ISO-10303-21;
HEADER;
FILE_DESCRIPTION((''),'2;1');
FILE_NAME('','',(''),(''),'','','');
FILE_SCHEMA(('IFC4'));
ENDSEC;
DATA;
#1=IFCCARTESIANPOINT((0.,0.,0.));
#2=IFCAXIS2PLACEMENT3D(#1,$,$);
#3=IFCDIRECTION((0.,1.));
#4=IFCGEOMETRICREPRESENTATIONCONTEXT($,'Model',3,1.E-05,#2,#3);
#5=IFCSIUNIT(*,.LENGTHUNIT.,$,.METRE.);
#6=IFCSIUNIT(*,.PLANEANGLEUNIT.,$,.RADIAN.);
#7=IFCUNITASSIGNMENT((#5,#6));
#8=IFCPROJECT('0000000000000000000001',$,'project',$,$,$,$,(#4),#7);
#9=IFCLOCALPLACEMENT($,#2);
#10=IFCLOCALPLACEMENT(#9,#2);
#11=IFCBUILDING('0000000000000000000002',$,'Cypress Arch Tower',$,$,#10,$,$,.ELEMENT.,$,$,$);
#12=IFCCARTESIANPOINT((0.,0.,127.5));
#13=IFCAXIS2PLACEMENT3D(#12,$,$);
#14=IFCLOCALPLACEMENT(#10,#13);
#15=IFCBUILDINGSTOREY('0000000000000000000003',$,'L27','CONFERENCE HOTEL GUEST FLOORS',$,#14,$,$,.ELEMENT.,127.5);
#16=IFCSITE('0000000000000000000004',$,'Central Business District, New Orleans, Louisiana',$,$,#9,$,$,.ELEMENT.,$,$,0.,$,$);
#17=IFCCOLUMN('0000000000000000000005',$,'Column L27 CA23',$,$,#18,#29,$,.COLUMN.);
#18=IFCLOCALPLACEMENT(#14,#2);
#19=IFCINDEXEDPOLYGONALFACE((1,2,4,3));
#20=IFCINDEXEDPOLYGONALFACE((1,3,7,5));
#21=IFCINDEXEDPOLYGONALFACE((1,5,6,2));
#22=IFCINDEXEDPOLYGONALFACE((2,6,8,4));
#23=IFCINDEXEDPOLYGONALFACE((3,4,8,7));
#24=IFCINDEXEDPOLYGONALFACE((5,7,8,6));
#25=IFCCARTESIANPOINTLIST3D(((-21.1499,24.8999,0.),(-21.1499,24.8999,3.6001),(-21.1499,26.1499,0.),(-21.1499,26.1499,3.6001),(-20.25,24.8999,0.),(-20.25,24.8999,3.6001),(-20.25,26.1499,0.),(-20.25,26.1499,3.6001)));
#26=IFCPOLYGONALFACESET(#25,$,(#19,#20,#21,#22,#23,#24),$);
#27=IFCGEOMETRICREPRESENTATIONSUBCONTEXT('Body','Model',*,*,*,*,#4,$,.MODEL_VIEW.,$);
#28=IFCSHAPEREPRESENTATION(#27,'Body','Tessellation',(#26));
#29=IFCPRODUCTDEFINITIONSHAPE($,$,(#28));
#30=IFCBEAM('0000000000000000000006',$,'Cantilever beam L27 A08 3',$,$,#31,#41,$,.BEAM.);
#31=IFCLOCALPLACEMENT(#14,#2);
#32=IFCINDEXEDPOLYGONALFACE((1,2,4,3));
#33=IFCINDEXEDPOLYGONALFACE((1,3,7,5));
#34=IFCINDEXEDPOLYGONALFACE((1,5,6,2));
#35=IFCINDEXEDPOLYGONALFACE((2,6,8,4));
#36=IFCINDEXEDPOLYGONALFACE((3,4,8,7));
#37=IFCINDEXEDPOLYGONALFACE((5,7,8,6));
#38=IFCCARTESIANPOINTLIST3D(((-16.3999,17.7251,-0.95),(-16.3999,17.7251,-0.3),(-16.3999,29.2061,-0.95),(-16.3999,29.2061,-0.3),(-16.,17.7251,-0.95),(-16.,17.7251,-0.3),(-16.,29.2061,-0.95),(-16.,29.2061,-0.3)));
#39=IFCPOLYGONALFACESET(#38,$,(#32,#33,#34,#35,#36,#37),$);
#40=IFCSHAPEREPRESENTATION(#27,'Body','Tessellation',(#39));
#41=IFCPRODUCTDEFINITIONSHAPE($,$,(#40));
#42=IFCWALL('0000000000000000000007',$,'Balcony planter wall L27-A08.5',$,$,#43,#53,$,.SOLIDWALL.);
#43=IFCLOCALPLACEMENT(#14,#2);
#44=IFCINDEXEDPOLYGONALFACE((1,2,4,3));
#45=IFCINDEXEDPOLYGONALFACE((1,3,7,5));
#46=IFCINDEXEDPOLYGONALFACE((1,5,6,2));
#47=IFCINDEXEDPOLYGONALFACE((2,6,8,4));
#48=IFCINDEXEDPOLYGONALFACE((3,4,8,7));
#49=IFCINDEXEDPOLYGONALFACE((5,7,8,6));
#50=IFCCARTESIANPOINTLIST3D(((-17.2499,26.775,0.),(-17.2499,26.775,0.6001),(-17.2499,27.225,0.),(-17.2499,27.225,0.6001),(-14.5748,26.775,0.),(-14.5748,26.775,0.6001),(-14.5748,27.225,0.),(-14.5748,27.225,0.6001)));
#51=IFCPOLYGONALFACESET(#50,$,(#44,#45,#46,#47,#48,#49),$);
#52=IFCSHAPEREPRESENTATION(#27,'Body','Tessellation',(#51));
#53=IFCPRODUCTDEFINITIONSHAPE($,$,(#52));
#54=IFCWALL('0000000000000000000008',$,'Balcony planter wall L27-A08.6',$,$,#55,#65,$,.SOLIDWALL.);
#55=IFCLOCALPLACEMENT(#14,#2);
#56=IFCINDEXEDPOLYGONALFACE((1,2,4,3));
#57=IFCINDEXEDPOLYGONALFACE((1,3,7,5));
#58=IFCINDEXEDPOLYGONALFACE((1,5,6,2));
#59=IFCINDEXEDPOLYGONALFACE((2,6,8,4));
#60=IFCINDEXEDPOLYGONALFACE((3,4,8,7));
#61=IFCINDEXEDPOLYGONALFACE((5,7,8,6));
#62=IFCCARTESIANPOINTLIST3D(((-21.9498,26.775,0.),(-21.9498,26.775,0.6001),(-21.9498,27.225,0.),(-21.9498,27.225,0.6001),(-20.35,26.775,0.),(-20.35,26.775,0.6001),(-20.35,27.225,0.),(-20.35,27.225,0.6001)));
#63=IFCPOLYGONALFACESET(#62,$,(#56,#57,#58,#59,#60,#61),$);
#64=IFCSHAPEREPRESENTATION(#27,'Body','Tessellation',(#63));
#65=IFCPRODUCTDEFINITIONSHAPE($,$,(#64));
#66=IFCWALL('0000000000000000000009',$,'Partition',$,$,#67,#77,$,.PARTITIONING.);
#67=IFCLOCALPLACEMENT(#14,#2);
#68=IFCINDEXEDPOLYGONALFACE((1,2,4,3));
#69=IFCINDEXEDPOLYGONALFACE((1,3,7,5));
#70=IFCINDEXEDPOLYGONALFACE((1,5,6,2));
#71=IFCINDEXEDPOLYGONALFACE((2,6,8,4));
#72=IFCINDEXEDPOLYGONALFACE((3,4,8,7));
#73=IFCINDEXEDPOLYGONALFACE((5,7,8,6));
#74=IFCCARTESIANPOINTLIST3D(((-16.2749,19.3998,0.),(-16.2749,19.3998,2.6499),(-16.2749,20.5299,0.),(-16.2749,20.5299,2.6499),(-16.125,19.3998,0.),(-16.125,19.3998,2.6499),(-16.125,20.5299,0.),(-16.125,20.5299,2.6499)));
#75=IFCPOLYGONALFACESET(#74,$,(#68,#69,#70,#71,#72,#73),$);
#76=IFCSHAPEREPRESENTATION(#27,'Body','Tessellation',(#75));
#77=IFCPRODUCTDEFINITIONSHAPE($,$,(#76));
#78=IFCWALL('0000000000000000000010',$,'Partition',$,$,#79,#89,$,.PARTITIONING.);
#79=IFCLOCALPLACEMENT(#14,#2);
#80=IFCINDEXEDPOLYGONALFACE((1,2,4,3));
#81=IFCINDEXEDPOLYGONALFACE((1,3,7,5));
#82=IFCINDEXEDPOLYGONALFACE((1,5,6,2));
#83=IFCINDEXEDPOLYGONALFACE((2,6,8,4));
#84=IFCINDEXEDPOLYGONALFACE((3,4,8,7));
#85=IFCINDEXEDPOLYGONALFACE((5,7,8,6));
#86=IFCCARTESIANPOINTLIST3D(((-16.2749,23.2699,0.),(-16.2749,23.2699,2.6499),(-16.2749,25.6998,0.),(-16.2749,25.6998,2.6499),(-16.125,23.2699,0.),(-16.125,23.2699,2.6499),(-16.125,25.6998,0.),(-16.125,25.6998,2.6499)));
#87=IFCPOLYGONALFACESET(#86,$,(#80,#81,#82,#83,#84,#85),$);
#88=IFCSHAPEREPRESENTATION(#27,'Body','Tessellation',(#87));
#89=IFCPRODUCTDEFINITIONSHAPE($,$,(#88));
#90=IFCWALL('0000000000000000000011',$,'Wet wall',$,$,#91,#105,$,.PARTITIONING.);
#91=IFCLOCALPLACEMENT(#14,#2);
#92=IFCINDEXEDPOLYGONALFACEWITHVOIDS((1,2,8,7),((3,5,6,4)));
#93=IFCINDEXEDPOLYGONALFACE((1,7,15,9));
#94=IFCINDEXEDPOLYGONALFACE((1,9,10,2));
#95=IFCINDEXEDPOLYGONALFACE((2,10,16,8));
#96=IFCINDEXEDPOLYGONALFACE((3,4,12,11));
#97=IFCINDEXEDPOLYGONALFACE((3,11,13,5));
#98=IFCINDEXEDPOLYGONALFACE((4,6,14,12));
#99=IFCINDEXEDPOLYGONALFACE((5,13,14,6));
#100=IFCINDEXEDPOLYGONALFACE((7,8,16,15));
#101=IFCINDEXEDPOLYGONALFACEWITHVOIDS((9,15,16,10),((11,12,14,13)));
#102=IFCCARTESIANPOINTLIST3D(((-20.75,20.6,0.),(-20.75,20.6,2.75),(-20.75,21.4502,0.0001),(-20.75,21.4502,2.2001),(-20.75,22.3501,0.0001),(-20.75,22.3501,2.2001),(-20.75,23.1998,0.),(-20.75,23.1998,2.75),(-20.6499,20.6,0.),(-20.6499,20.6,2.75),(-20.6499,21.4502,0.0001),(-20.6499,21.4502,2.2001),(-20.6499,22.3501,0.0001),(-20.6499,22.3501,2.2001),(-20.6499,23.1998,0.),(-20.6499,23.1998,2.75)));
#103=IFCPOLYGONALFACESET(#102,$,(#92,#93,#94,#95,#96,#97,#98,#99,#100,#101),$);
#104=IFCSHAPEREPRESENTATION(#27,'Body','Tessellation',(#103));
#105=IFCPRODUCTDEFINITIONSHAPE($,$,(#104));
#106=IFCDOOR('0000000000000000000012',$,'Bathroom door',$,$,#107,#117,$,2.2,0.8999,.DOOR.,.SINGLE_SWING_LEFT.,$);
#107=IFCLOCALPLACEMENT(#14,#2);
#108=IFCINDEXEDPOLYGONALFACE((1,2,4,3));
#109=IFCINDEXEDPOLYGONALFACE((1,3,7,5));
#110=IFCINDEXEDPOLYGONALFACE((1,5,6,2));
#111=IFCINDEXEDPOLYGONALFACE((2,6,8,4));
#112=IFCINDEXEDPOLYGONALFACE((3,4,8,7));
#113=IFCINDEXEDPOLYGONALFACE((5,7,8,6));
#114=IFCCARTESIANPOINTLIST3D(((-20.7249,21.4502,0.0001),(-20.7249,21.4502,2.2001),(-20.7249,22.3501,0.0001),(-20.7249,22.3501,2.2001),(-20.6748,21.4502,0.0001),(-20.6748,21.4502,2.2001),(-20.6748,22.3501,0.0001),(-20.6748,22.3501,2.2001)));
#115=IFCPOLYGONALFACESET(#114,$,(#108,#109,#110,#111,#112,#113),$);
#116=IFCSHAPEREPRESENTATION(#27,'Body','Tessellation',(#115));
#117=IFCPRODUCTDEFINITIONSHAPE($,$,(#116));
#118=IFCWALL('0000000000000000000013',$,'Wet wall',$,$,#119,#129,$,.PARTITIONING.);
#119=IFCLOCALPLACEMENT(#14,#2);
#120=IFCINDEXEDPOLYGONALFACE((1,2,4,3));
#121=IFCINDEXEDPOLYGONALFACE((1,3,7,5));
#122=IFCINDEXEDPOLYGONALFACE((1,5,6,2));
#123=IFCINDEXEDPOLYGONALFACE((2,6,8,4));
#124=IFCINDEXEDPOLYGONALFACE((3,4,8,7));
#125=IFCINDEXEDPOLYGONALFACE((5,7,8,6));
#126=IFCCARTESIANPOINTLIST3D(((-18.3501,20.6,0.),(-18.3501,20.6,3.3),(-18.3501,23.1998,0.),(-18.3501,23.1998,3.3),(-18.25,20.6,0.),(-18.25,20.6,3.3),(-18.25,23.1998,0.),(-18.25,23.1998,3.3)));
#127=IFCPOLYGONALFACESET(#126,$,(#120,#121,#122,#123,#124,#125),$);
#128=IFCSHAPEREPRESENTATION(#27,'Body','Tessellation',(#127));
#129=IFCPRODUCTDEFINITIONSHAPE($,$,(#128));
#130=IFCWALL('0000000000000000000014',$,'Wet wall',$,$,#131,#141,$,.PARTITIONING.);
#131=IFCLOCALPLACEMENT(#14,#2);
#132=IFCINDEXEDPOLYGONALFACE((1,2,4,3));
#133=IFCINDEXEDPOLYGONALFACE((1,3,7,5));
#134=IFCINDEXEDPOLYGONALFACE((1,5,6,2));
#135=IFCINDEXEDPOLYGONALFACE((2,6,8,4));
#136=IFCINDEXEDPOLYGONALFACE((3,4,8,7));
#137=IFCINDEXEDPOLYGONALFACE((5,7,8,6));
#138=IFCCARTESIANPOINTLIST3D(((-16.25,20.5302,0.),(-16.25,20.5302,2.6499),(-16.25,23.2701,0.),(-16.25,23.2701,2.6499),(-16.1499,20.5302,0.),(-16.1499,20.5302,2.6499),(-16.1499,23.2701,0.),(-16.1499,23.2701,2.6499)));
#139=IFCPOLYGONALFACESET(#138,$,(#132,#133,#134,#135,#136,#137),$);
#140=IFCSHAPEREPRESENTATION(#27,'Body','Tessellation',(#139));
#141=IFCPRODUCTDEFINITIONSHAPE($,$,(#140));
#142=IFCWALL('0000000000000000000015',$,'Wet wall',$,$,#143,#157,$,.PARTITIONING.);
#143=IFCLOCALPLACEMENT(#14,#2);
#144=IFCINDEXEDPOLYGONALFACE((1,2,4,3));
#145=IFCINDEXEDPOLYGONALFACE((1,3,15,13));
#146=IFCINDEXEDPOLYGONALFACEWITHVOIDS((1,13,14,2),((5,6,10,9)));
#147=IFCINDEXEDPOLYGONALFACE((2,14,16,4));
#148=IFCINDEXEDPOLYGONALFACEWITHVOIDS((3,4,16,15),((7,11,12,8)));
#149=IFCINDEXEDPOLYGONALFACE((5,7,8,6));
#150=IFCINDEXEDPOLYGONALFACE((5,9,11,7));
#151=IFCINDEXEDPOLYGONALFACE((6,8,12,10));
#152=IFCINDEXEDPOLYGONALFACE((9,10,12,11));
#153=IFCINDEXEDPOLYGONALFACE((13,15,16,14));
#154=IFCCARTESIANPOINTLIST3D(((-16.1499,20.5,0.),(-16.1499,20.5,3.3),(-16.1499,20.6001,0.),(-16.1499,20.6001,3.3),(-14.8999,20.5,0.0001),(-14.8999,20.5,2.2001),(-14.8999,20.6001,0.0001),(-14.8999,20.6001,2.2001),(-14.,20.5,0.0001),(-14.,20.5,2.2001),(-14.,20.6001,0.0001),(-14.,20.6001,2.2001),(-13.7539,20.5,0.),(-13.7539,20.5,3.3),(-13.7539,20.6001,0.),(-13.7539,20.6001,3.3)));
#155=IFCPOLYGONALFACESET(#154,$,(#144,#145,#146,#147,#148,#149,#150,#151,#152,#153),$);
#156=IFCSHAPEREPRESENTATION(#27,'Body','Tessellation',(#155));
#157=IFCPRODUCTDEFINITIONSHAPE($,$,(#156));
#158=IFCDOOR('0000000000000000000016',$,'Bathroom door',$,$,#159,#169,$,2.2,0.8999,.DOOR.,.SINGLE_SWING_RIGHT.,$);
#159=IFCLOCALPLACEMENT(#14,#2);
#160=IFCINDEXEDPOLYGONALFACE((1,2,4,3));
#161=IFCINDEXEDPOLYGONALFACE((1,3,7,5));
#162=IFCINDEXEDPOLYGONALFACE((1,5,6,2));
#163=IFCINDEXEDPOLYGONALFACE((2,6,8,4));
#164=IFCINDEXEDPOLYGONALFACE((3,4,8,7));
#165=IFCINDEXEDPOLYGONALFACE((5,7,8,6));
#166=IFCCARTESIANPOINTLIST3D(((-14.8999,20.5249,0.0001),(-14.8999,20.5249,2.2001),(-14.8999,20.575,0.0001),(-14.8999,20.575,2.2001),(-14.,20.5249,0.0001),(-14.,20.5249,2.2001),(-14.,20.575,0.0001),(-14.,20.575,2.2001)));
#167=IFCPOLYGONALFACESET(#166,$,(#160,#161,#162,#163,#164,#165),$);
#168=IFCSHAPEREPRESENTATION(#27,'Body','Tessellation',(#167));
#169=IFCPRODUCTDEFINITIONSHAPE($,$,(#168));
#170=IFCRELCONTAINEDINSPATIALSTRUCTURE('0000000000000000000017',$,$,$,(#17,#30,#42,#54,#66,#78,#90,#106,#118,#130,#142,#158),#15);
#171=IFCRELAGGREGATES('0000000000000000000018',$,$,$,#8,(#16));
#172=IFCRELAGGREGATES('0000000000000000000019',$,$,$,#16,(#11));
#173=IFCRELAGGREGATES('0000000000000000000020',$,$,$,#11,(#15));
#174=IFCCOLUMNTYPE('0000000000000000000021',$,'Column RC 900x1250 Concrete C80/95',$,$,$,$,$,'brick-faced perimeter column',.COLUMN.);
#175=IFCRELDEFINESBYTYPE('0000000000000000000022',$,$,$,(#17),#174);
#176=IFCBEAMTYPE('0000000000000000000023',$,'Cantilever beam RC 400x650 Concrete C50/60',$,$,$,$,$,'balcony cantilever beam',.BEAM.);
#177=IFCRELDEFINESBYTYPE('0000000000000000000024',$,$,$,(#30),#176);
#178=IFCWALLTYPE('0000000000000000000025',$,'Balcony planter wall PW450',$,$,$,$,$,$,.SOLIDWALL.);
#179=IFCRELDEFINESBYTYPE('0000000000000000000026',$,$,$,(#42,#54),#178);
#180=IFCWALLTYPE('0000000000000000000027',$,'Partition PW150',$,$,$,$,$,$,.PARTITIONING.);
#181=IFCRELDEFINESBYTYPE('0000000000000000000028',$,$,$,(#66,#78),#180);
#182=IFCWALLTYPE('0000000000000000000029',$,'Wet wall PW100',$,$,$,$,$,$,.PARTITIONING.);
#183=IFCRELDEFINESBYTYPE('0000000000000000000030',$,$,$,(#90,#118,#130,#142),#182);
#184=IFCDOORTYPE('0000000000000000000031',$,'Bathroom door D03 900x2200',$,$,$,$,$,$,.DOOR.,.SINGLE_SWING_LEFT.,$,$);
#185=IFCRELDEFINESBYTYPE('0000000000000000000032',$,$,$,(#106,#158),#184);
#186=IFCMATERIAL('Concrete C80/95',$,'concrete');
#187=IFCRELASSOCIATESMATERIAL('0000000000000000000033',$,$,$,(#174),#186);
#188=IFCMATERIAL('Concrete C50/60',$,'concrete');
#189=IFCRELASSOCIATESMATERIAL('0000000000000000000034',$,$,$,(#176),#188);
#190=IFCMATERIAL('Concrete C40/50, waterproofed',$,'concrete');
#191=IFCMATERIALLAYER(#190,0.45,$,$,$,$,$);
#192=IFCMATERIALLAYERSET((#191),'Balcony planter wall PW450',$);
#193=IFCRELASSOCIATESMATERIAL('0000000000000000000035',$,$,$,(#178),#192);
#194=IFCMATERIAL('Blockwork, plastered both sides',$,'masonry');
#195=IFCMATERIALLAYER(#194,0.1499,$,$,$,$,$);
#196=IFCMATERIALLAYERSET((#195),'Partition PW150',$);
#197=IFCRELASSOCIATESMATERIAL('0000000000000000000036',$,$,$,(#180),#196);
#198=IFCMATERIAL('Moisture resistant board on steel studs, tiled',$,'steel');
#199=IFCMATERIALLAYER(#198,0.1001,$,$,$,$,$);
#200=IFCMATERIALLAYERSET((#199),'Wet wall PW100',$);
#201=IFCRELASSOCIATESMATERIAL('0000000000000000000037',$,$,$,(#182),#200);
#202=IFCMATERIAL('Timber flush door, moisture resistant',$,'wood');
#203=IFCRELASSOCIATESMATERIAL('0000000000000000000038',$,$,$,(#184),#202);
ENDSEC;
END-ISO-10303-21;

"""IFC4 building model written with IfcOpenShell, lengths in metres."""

from ifc_helpers import new_model, si_unit, direction, frame, frame_2d, origin, origin_2d, place, context, subcontext, project, spatial, rectangle, extrude, material, layer, layer_set, material_profile, profile_set, type_object, element, fill, save


model = new_model("IFC4")

# Units and contexts
model_context = context("Model", 3, precision=1e-05, world=origin(), true_north=direction((0.0, 1.0)))
body_context = subcontext(model_context, "Body", "Model", "MODEL_VIEW")
ifc_project = project(units=[si_unit("LENGTHUNIT", "METRE"), si_unit("PLANEANGLEUNIT", "RADIAN")], contexts=[model_context])

# Site, building, storey
site_placement = place(None, origin())
site = spatial("IfcSite", under=ifc_project, at=site_placement, Name="Central Business District, New Orleans, Louisiana", CompositionType="ELEMENT", RefElevation=0.0)
building_placement = place(site_placement, origin())
building = spatial("IfcBuilding", under=site, at=building_placement, Name="Cypress Arch Tower", CompositionType="ELEMENT")
storey_placement = place(building_placement, frame((0.0, 0.0, 127.5)))
storey = spatial("IfcBuildingStorey", under=building, at=storey_placement, Name="L27", Description="CONFERENCE HOTEL GUEST FLOORS", CompositionType="ELEMENT", Elevation=127.5)

# Column
ifc_material_1 = material(Name="Concrete C80/95", Category="concrete")
ifc_material_profile_1 = material_profile(ifc_material_1, rectangle(XDim=0.8999, YDim=1.25, at=origin_2d()), Name="RC 900x1250")
ifc_profile_set_1 = profile_set([ifc_material_profile_1], Name="Concrete C80/95")
column_type = type_object("IfcColumnType", Name="Column RC 900x1250 Concrete C80/95", ElementType="brick-faced perimeter column", PredefinedType="COLUMN", material=ifc_profile_set_1)
column_placement = place(storey_placement, frame((-20.7, 25.5249, 0.0), z_axis=(0.0, 0.0, 1.0), x_axis=(-1.0, 0.0, 0.0)))
element("IfcColumn", 1, at=column_placement, inside=storey, type_object=column_type, Name="Column L27 CA23", PredefinedType="COLUMN", context=body_context, shape_type="SweptSolid", body=[
    extrude(rectangle(XDim=0.8999, YDim=1.25, at=origin_2d()), origin(), (0.0, 0.0, 1.0), 3.6001),
])

# Beam
ifc_material_2 = material(Name="Concrete C50/60", Category="concrete")
ifc_material_profile_2 = material_profile(ifc_material_2, rectangle(XDim=0.3999, YDim=0.6499, at=origin_2d()), Name="RC 400x650")
ifc_profile_set_2 = profile_set([ifc_material_profile_2], Name="Concrete C50/60")
beam_type = type_object("IfcBeamType", Name="Cantilever beam RC 400x650 Concrete C50/60", ElementType="balcony cantilever beam", PredefinedType="BEAM", material=ifc_profile_set_2)
beam_placement = place(storey_placement, frame((-16.2, 17.7251, -0.625), z_axis=(0.0, 1.0, 0.0), x_axis=(-1.0, 0.0, 0.0)))
element("IfcBeam", 2, at=beam_placement, inside=storey, type_object=beam_type, Name="Cantilever beam L27 A08 3", PredefinedType="BEAM", context=body_context, shape_type="SweptSolid", body=[
    extrude(rectangle(XDim=0.3999, YDim=0.6499, at=origin_2d()), origin(), (0.0, 0.0, 1.0), 11.481),
])

# Walls
ifc_material_3 = material(Name="Concrete C40/50, waterproofed", Category="concrete")
ifc_layer_1 = layer(ifc_material_3, 0.45)
ifc_layer_set_1 = layer_set([ifc_layer_1], Name="Balcony planter wall PW450")
wall_type_1 = type_object("IfcWallType", Name="Balcony planter wall PW450", PredefinedType="SOLIDWALL", material=ifc_layer_set_1)
wall_1_placement = place(storey_placement, frame((-14.575, 27.0, 0.0), z_axis=(0.0, 0.0, 1.0), x_axis=(-1.0, 0.0, 0.0)))
element("IfcWall", 3, at=wall_1_placement, inside=storey, type_object=wall_type_1, Name="Balcony planter wall L27-A08.5", PredefinedType="SOLIDWALL", context=body_context, shape_type="SweptSolid", body=[
    extrude(rectangle(XDim=2.675, YDim=0.45, at=frame_2d((1.3374, 0.0))), origin(), (0.0, 0.0, 1.0), 0.6001),
])
wall_2_placement = place(storey_placement, frame((-20.3501, 27.0, 0.0), z_axis=(0.0, 0.0, 1.0), x_axis=(-1.0, 0.0, 0.0)))
element("IfcWall", 4, at=wall_2_placement, inside=storey, type_object=wall_type_1, Name="Balcony planter wall L27-A08.6", PredefinedType="SOLIDWALL", context=body_context, shape_type="SweptSolid", body=[
    extrude(rectangle(XDim=1.5999, YDim=0.45, at=frame_2d((0.7998, 0.0))), origin(), (0.0, 0.0, 1.0), 0.6001),
])
ifc_material_4 = material(Name="Blockwork, plastered both sides", Category="masonry")
ifc_layer_2 = layer(ifc_material_4, 0.1499)
ifc_layer_set_2 = layer_set([ifc_layer_2], Name="Partition PW150")
wall_type_2 = type_object("IfcWallType", Name="Partition PW150", PredefinedType="PARTITIONING", material=ifc_layer_set_2)
wall_3_placement = place(storey_placement, frame((-16.2, 19.3999, 0.0), z_axis=(0.0, 0.0, 1.0), x_axis=(0.0, 1.0, 0.0)))
element("IfcWall", 5, at=wall_3_placement, inside=storey, type_object=wall_type_2, Name="Partition", PredefinedType="PARTITIONING", context=body_context, shape_type="SweptSolid", body=[
    extrude(rectangle(XDim=1.1301, YDim=0.1499, at=frame_2d((0.5649, 0.0))), origin(), (0.0, 0.0, 1.0), 2.6499),
])
wall_4_placement = place(storey_placement, frame((-16.2, 23.27, 0.0), z_axis=(0.0, 0.0, 1.0), x_axis=(0.0, 1.0, 0.0)))
element("IfcWall", 6, at=wall_4_placement, inside=storey, type_object=wall_type_2, Name="Partition", PredefinedType="PARTITIONING", context=body_context, shape_type="SweptSolid", body=[
    extrude(rectangle(XDim=2.4299, YDim=0.1499, at=frame_2d((1.2148, 0.0))), origin(), (0.0, 0.0, 1.0), 2.6499),
])

# Wall, opening, door
ifc_material_5 = material(Name="Moisture resistant board on steel studs, tiled", Category="steel")
ifc_layer_3 = layer(ifc_material_5, 0.1001)
ifc_layer_set_3 = layer_set([ifc_layer_3], Name="Wet wall PW100")
wall_type_3 = type_object("IfcWallType", Name="Wet wall PW100", PredefinedType="PARTITIONING", material=ifc_layer_set_3)
wall_5_placement = place(storey_placement, frame((-20.7, 20.6001, 0.0), z_axis=(0.0, 0.0, 1.0), x_axis=(0.0, 1.0, 0.0)))
wall_5 = element("IfcWall", 7, at=wall_5_placement, inside=storey, type_object=wall_type_3, Name="Wet wall", PredefinedType="PARTITIONING", context=body_context, shape_type="SweptSolid", body=[
    extrude(rectangle(XDim=2.5999, YDim=0.1001, at=frame_2d((1.2998, 0.0))), origin(), (0.0, 0.0, 1.0), 2.75),
])
opening_1_placement = place(wall_5_placement, frame((0.8501, 0.0, 0.0)))
opening_1 = element("IfcOpeningElement", 8, at=opening_1_placement, cuts=wall_5, PredefinedType="OPENING", context=body_context, shape_type="SweptSolid", body=[
    extrude(rectangle(XDim=0.8999, YDim=2.2, at=frame_2d((0.45, 1.1001))), frame((0.0, 0.0601, 0.0), z_axis=(0.0, -1.0, 0.0), x_axis=(1.0, 0.0, 0.0)), (0.0, 0.0, 1.0), 0.1201),
])
ifc_material_6 = material(Name="Timber flush door, moisture resistant", Category="wood")
door_type = type_object("IfcDoorType", Name="Bathroom door D03 900x2200", OperationType="SINGLE_SWING_LEFT", PredefinedType="DOOR", material=ifc_material_6)
door_1_placement = place(opening_1_placement, origin())
door_1 = element("IfcDoor", 9, at=door_1_placement, inside=storey, type_object=door_type, Name="Bathroom door", OperationType="SINGLE_SWING_LEFT", OverallHeight=2.2, OverallWidth=0.8999, PredefinedType="DOOR", context=body_context, shape_type="SweptSolid", body=[
    extrude(rectangle(XDim=0.8999, YDim=2.2, at=frame_2d((0.45, 1.1001))), frame((0.0, 0.0249, 0.0), z_axis=(0.0, -1.0, 0.0), x_axis=(1.0, 0.0, 0.0)), (0.0, 0.0, 1.0), 0.05),
])
fill(opening_1, door_1)

# Walls
wall_6_placement = place(storey_placement, frame((-18.3, 20.6001, 0.0), z_axis=(0.0, 0.0, 1.0), x_axis=(0.0, 1.0, 0.0)))
element("IfcWall", 10, at=wall_6_placement, inside=storey, type_object=wall_type_3, Name="Wet wall", PredefinedType="PARTITIONING", context=body_context, shape_type="SweptSolid", body=[
    extrude(rectangle(XDim=2.5999, YDim=0.1001, at=frame_2d((1.2998, 0.0))), origin(), (0.0, 0.0, 1.0), 3.3),
])
wall_7_placement = place(storey_placement, frame((-16.2, 20.53, 0.0), z_axis=(0.0, 0.0, 1.0), x_axis=(0.0, 1.0, 0.0)))
element("IfcWall", 11, at=wall_7_placement, inside=storey, type_object=wall_type_3, Name="Wet wall", PredefinedType="PARTITIONING", context=body_context, shape_type="SweptSolid", body=[
    extrude(rectangle(XDim=2.74, YDim=0.1001, at=frame_2d((1.3701, 0.0))), origin(), (0.0, 0.0, 1.0), 2.6499),
])

# Wall, opening, door
wall_8_placement = place(storey_placement, frame((-16.1499, 20.55, 0.0), z_axis=(0.0, 0.0, 1.0), x_axis=(1.0, 0.0, 0.0)))
wall_8 = element("IfcWall", 12, at=wall_8_placement, inside=storey, type_object=wall_type_3, Name="Wet wall", PredefinedType="PARTITIONING", context=body_context, shape_type="SweptSolid", body=[
    extrude(rectangle(XDim=2.396, YDim=0.1001, at=frame_2d((1.198, 0.0))), origin(), (0.0, 0.0, 1.0), 3.3),
])
opening_2_placement = place(wall_8_placement, frame((1.25, 0.0, 0.0)))
opening_2 = element("IfcOpeningElement", 13, at=opening_2_placement, cuts=wall_8, PredefinedType="OPENING", context=body_context, shape_type="SweptSolid", body=[
    extrude(rectangle(XDim=0.8999, YDim=2.2, at=frame_2d((0.45, 1.1001))), frame((0.0, 0.0601, 0.0), z_axis=(0.0, -1.0, 0.0), x_axis=(1.0, 0.0, 0.0)), (0.0, 0.0, 1.0), 0.1201),
])
door_2_placement = place(opening_2_placement, origin())
door_2 = element("IfcDoor", 14, at=door_2_placement, inside=storey, type_object=door_type, Name="Bathroom door", OperationType="SINGLE_SWING_RIGHT", OverallHeight=2.2, OverallWidth=0.8999, PredefinedType="DOOR", context=body_context, shape_type="SweptSolid", body=[
    extrude(rectangle(XDim=0.8999, YDim=2.2, at=frame_2d((0.45, 1.1001))), frame((0.0, 0.0249, 0.0), z_axis=(0.0, -1.0, 0.0), x_axis=(1.0, 0.0, 0.0)), (0.0, 0.0, 1.0), 0.05),
])
fill(opening_2, door_2)

save(model, "model.ifc")
